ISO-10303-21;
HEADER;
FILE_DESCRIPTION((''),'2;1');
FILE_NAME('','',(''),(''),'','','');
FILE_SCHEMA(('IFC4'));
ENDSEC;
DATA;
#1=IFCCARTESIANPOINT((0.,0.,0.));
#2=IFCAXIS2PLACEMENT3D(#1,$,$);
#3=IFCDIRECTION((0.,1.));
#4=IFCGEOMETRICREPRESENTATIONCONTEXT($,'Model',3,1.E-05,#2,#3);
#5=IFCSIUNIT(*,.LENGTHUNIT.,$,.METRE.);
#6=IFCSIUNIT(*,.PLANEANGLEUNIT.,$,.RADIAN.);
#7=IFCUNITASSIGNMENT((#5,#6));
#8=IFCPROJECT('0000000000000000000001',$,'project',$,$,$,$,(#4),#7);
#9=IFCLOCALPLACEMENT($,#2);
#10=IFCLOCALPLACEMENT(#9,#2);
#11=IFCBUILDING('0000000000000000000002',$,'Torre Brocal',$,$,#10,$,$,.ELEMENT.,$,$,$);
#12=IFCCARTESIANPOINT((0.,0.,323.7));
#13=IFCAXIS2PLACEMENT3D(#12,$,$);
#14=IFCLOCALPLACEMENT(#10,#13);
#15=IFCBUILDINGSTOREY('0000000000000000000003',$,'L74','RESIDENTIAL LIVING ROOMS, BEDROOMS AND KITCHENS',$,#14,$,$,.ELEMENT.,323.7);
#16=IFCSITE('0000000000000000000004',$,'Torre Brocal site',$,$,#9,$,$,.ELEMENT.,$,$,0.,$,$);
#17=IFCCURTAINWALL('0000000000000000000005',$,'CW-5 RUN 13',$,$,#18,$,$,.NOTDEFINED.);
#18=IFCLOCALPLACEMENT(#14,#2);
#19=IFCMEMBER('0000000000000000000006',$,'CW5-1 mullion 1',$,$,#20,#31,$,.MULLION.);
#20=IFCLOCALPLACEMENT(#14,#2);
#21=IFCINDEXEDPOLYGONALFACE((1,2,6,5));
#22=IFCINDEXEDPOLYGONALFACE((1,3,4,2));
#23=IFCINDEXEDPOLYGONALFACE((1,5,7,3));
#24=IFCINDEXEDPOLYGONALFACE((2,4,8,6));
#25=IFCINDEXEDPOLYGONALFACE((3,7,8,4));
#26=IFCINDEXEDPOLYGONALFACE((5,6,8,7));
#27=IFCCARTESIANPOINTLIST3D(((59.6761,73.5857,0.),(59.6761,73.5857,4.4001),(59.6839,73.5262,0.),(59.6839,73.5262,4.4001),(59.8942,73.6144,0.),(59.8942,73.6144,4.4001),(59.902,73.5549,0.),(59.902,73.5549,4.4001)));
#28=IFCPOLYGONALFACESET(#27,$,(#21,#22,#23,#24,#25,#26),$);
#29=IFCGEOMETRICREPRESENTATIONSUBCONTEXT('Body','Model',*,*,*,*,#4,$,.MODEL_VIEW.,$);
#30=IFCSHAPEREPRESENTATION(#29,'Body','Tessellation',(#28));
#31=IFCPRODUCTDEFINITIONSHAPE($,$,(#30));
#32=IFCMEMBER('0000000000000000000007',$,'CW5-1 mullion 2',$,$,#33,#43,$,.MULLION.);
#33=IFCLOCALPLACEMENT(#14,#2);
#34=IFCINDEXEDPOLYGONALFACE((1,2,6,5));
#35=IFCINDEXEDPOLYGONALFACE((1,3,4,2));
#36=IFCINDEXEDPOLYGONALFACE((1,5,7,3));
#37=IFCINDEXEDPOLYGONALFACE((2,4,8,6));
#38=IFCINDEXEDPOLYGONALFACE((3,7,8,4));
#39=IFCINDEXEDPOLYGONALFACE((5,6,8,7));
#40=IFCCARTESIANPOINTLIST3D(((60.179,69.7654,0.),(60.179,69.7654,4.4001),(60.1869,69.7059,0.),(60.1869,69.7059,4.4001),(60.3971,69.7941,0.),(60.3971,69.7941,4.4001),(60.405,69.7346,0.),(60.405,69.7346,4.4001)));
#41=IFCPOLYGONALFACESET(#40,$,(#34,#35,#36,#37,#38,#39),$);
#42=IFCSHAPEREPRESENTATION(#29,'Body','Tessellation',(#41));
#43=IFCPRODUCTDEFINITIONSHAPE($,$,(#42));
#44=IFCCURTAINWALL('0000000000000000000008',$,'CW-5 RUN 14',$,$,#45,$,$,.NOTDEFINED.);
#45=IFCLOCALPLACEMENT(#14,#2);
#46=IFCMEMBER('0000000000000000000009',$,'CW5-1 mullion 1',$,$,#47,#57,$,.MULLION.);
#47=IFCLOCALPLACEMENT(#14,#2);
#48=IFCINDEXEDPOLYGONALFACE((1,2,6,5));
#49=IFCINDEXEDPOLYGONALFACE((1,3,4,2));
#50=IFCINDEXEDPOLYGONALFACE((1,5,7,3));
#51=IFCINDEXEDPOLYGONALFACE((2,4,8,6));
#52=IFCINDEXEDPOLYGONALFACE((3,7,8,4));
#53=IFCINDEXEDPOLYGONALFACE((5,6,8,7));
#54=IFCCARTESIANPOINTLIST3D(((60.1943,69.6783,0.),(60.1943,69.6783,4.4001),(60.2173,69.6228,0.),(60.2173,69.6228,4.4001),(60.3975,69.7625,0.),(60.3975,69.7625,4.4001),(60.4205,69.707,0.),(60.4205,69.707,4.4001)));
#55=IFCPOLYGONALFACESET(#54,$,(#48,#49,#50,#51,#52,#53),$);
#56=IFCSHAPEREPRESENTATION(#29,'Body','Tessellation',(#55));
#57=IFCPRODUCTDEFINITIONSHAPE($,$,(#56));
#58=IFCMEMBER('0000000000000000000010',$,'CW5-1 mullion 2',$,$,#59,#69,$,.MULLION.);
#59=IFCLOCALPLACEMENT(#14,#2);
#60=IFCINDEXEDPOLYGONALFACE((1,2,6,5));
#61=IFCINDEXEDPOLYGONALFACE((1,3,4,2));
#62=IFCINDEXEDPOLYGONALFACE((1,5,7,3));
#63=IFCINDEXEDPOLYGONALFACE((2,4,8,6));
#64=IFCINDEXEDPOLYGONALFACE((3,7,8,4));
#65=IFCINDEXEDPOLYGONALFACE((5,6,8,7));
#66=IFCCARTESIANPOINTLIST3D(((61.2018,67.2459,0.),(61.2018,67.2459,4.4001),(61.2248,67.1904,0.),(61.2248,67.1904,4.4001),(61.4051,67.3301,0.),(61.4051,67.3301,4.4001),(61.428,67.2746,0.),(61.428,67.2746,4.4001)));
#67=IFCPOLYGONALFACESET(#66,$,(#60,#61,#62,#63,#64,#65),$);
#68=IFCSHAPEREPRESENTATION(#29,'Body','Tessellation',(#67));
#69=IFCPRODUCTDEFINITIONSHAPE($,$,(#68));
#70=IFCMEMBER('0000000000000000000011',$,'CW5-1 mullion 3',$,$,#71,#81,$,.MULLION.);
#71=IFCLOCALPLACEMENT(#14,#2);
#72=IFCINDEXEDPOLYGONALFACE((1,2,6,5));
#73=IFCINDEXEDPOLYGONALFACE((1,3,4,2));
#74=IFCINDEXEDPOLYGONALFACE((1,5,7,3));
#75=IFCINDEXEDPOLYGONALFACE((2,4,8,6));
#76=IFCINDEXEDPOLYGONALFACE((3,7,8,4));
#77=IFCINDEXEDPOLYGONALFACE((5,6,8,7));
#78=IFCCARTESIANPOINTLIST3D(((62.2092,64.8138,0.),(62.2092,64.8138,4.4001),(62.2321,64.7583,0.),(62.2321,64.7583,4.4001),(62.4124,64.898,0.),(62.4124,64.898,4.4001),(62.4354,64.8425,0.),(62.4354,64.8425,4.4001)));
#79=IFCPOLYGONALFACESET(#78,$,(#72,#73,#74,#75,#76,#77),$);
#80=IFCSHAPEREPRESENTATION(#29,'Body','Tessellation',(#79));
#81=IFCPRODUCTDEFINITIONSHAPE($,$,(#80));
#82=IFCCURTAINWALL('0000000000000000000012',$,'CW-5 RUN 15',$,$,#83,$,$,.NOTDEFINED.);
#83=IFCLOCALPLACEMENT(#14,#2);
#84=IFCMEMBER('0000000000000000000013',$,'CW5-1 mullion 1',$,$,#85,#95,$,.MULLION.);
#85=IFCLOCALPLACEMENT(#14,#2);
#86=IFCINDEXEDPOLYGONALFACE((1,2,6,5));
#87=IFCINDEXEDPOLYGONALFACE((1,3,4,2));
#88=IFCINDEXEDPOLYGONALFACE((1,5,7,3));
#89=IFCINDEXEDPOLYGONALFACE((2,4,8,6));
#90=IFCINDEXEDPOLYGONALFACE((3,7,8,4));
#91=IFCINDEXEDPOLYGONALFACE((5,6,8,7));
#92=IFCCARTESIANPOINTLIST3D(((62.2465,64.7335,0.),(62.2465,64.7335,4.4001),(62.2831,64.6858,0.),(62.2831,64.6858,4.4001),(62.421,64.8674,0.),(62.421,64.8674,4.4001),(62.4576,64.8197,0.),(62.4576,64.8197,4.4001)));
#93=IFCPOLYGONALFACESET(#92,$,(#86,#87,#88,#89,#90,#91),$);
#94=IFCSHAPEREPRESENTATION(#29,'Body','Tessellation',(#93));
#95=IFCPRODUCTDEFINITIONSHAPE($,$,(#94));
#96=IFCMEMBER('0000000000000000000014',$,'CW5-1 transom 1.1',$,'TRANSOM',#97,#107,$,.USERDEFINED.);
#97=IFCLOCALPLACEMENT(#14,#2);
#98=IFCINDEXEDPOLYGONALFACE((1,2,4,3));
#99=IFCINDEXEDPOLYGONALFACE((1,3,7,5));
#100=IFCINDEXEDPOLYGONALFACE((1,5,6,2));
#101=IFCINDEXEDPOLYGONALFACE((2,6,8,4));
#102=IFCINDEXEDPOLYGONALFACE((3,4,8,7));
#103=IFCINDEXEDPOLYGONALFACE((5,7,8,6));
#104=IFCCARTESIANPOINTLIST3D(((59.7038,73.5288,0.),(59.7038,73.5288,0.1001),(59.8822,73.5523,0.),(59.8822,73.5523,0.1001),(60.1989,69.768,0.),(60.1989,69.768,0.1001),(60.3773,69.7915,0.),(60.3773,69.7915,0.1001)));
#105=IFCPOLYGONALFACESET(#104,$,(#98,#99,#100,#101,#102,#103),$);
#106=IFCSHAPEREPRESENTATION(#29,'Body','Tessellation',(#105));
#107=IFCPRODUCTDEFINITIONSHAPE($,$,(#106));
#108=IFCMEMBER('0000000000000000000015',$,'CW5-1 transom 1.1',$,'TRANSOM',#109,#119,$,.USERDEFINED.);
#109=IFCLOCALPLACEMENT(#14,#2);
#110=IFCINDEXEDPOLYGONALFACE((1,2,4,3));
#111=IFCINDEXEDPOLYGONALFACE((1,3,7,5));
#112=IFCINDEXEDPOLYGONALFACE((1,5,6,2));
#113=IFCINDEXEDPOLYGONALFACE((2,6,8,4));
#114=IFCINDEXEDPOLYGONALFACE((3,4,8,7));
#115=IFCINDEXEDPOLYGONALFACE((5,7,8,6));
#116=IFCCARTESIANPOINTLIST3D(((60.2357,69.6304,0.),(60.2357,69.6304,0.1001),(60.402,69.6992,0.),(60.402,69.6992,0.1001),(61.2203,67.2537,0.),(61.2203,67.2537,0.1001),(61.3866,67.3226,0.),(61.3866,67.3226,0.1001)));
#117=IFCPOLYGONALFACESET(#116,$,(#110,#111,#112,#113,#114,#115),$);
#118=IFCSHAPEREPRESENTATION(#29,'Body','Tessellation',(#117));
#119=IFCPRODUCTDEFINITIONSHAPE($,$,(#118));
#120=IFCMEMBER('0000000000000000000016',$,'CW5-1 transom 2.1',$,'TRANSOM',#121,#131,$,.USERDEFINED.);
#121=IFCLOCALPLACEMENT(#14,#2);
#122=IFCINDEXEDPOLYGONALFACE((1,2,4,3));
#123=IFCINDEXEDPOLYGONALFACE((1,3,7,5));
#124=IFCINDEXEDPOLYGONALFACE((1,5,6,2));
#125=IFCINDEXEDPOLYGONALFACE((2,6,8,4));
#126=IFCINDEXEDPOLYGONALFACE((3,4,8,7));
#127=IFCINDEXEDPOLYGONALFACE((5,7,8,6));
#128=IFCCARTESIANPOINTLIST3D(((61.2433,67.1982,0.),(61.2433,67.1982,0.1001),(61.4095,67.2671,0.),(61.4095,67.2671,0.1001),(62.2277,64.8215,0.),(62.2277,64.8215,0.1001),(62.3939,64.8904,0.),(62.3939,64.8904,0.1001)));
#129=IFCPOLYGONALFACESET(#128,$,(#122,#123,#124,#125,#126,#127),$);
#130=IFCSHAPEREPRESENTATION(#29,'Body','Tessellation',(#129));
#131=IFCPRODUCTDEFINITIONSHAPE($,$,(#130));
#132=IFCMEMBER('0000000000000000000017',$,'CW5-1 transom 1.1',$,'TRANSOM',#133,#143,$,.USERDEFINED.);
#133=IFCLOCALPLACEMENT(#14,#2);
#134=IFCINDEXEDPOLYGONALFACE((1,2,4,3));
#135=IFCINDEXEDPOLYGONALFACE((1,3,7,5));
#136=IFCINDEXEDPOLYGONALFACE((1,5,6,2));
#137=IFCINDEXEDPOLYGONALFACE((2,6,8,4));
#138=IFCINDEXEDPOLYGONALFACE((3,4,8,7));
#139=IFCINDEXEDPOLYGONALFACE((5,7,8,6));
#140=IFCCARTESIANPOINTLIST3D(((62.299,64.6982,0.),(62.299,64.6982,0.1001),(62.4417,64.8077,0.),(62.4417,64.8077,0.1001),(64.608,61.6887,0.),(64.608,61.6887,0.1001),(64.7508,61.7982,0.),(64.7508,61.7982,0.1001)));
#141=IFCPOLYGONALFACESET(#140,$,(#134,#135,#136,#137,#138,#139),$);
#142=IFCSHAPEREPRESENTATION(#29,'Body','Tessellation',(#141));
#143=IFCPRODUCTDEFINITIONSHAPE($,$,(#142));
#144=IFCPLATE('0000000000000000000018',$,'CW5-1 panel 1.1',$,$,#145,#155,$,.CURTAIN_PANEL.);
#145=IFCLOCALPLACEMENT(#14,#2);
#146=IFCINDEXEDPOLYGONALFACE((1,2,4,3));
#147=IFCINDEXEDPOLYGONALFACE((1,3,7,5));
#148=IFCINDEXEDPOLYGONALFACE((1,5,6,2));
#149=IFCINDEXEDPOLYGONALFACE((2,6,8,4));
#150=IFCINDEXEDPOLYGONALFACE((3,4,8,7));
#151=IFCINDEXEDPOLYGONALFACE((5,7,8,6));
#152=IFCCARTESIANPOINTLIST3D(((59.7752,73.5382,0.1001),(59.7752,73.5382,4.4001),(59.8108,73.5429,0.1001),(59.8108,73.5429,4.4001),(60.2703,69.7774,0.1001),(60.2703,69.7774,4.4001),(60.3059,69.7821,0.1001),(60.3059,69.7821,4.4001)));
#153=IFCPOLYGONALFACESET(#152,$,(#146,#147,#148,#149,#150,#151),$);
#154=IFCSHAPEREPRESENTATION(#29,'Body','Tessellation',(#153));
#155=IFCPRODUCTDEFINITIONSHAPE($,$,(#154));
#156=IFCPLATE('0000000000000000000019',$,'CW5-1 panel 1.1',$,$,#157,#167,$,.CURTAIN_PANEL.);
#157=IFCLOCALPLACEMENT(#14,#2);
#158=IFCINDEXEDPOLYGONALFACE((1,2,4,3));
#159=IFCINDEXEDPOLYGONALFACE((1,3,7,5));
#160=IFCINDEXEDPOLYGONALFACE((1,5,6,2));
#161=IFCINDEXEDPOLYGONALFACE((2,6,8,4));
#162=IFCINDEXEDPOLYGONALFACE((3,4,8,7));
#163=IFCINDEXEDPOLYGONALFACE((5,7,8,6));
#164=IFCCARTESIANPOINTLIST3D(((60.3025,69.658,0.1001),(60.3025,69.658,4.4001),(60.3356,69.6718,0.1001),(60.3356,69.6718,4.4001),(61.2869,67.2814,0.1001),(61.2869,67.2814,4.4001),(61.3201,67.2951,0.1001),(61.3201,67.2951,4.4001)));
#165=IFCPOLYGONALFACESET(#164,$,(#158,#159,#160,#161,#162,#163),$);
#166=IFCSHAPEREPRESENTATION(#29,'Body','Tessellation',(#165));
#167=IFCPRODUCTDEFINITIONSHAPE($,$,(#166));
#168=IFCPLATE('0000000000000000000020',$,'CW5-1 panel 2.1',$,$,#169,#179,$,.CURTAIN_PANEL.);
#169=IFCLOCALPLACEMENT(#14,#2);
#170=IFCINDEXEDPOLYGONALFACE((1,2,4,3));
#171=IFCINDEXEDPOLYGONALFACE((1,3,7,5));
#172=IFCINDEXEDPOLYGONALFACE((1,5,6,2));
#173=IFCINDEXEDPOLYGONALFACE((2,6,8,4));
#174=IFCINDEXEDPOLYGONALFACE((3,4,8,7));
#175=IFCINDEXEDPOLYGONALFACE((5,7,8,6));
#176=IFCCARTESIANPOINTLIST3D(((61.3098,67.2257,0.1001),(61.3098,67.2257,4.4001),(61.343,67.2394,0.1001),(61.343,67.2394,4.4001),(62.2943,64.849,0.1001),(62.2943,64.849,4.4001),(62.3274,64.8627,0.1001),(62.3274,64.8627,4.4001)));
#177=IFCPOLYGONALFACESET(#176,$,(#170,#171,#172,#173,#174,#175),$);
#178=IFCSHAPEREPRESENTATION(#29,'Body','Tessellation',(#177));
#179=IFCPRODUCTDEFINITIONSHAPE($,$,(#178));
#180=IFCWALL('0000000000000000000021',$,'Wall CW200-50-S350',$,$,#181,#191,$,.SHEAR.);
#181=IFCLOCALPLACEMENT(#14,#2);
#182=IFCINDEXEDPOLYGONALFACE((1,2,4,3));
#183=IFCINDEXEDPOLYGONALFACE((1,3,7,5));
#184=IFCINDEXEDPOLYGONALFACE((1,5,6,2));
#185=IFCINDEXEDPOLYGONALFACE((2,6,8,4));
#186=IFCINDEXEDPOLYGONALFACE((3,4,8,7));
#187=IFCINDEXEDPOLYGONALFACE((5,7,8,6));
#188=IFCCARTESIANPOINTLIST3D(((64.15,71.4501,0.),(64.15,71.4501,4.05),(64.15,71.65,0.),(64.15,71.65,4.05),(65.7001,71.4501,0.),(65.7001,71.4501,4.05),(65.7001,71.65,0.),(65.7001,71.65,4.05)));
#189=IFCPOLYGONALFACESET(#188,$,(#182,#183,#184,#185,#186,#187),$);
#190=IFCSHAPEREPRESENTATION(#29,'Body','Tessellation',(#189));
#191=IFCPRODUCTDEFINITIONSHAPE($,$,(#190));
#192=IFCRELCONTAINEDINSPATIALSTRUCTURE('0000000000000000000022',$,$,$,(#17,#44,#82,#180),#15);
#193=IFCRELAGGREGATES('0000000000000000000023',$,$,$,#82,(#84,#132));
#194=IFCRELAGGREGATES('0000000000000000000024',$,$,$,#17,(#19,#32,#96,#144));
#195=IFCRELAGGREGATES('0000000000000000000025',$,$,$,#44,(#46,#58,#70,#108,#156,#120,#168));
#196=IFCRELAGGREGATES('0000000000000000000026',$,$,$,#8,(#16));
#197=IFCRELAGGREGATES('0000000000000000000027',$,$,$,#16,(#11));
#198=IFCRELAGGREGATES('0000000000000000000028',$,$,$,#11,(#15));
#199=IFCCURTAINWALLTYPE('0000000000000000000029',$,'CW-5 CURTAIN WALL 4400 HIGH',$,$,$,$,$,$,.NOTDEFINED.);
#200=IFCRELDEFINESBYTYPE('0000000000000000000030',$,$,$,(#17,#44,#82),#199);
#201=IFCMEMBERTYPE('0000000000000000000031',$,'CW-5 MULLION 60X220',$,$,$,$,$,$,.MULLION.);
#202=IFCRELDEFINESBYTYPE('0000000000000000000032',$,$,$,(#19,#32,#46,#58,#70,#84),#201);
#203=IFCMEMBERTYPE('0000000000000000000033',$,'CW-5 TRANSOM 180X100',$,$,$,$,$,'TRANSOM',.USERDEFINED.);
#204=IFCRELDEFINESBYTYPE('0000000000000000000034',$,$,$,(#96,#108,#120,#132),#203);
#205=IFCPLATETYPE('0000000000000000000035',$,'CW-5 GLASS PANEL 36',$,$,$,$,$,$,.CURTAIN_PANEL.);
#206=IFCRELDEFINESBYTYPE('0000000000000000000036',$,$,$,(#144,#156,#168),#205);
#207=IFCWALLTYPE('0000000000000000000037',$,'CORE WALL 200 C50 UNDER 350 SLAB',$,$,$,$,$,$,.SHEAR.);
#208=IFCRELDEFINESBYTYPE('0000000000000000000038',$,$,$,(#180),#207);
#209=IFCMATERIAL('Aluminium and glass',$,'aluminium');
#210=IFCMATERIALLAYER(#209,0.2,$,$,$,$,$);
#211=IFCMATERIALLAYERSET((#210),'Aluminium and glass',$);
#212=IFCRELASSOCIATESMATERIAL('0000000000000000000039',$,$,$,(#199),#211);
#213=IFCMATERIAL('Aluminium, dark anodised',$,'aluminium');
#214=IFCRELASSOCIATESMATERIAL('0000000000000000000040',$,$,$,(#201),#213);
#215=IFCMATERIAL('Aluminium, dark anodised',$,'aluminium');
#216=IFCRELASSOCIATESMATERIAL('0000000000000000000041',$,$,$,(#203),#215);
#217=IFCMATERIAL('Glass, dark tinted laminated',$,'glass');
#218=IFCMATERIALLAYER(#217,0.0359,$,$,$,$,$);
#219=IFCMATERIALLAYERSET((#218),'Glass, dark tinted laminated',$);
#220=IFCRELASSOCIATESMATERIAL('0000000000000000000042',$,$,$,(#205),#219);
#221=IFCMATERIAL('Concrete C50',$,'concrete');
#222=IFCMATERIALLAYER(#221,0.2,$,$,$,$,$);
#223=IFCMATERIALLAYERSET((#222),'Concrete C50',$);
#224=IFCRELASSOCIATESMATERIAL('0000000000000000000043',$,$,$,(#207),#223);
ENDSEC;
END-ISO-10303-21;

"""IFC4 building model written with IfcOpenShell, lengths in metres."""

from ifc_helpers import new_model, si_unit, direction, frame, frame_2d, origin, origin_2d, place, context, subcontext, project, spatial, rectangle, extrude, material, layer, layer_set, material_profile, profile_set, type_object, element, aggregate, save


model = new_model("IFC4")

# Units and contexts
model_context = context("Model", 3, precision=1e-05, world=origin(), true_north=direction((0.0, 1.0)))
body_context = subcontext(model_context, "Body", "Model", "MODEL_VIEW")
ifc_project = project(units=[si_unit("LENGTHUNIT", "METRE"), si_unit("PLANEANGLEUNIT", "RADIAN")], contexts=[model_context])

# Site, building, storey
site_placement = place(None, origin())
site = spatial("IfcSite", under=ifc_project, at=site_placement, Name="Torre Brocal site", CompositionType="ELEMENT", RefElevation=0.0)
building_placement = place(site_placement, origin())
building = spatial("IfcBuilding", under=site, at=building_placement, Name="Torre Brocal", CompositionType="ELEMENT")
storey_placement = place(building_placement, frame((0.0, 0.0, 323.7)))
storey = spatial("IfcBuildingStorey", under=building, at=storey_placement, Name="L74", Description="RESIDENTIAL LIVING ROOMS, BEDROOMS AND KITCHENS", CompositionType="ELEMENT", Elevation=323.7)

# Curtain walls, members
ifc_material_1 = material(Name="Aluminium and glass", Category="aluminium")
ifc_layer_1 = layer(ifc_material_1, 0.2)
ifc_layer_set_1 = layer_set([ifc_layer_1], Name="Aluminium and glass")
curtain_wall_type = type_object("IfcCurtainWallType", Name="CW-5 CURTAIN WALL 4400 HIGH", PredefinedType="NOTDEFINED", material=ifc_layer_set_1)
curtain_wall_1_placement = place(storey_placement, origin())
curtain_wall_1 = element("IfcCurtainWall", 1, at=curtain_wall_1_placement, inside=storey, type_object=curtain_wall_type, Name="CW-5 RUN 13", PredefinedType="NOTDEFINED")
ifc_material_2 = material(Name="Aluminium, dark anodised", Category="aluminium")
ifc_material_profile_1 = material_profile(ifc_material_2, rectangle(XDim=0.22, YDim=0.0601, at=origin_2d()), Name="CW-5 MULLION 60X220")
ifc_profile_set_1 = profile_set([ifc_material_profile_1], Name="Aluminium, dark anodised")
member_type_1 = type_object("IfcMemberType", Name="CW-5 MULLION 60X220", PredefinedType="MULLION", material=ifc_profile_set_1)
member_1_placement = place(storey_placement, frame((59.7891, 73.5703, 0.0), z_axis=(0.0, 0.0, 1.0), x_axis=(0.991445, 0.130526, 0.0)))
member_1 = element("IfcMember", 2, at=member_1_placement, type_object=member_type_1, Name="CW5-1 mullion 1", PredefinedType="MULLION", context=body_context, shape_type="SweptSolid", body=[
    extrude(rectangle(XDim=0.22, YDim=0.0601, at=origin_2d()), origin(), (0.0, 0.0, 1.0), 4.4001),
])
member_2_placement = place(storey_placement, frame((60.292, 69.75, 0.0), z_axis=(0.0, 0.0, 1.0), x_axis=(0.991445, 0.130526, 0.0)))
member_2 = element("IfcMember", 3, at=member_2_placement, type_object=member_type_1, Name="CW5-1 mullion 2", PredefinedType="MULLION", context=body_context, shape_type="SweptSolid", body=[
    extrude(rectangle(XDim=0.22, YDim=0.0601, at=origin_2d()), origin(), (0.0, 0.0, 1.0), 4.4001),
])
curtain_wall_2_placement = place(storey_placement, origin())
curtain_wall_2 = element("IfcCurtainWall", 4, at=curtain_wall_2_placement, inside=storey, type_object=curtain_wall_type, Name="CW-5 RUN 14", PredefinedType="NOTDEFINED")
member_3_placement = place(storey_placement, frame((60.3074, 69.6926, 0.0), z_axis=(0.0, 0.0, 1.0), x_axis=(0.92388, 0.382683, 0.0)))
member_3 = element("IfcMember", 5, at=member_3_placement, type_object=member_type_1, Name="CW5-1 mullion 1", PredefinedType="MULLION", context=body_context, shape_type="SweptSolid", body=[
    extrude(rectangle(XDim=0.22, YDim=0.0601, at=origin_2d()), origin(), (0.0, 0.0, 1.0), 4.4001),
])
member_4_placement = place(storey_placement, frame((61.3149, 67.2603, 0.0), z_axis=(0.0, 0.0, 1.0), x_axis=(0.92388, 0.382683, 0.0)))
member_4 = element("IfcMember", 6, at=member_4_placement, type_object=member_type_1, Name="CW5-1 mullion 2", PredefinedType="MULLION", context=body_context, shape_type="SweptSolid", body=[
    extrude(rectangle(XDim=0.22, YDim=0.0601, at=origin_2d()), origin(), (0.0, 0.0, 1.0), 4.4001),
])
member_5_placement = place(storey_placement, frame((62.3223, 64.8281, 0.0), z_axis=(0.0, 0.0, 1.0), x_axis=(0.92388, 0.382683, 0.0)))
member_5 = element("IfcMember", 7, at=member_5_placement, type_object=member_type_1, Name="CW5-1 mullion 3", PredefinedType="MULLION", context=body_context, shape_type="SweptSolid", body=[
    extrude(rectangle(XDim=0.22, YDim=0.0601, at=origin_2d()), origin(), (0.0, 0.0, 1.0), 4.4001),
])

# Curtain wall, member
curtain_wall_3_placement = place(storey_placement, origin())
curtain_wall_3 = element("IfcCurtainWall", 8, at=curtain_wall_3_placement, inside=storey, type_object=curtain_wall_type, Name="CW-5 RUN 15", PredefinedType="NOTDEFINED")
member_6_placement = place(storey_placement, frame((62.3521, 64.7766, 0.0), z_axis=(0.0, 0.0, 1.0), x_axis=(0.793353, 0.608761, 0.0)))
member_6 = element("IfcMember", 9, at=member_6_placement, type_object=member_type_1, Name="CW5-1 mullion 1", PredefinedType="MULLION", context=body_context, shape_type="SweptSolid", body=[
    extrude(rectangle(XDim=0.22, YDim=0.0601, at=origin_2d()), origin(), (0.0, 0.0, 1.0), 4.4001),
])

# Members
ifc_material_3 = material(Name="Aluminium, dark anodised", Category="aluminium")
ifc_material_profile_2 = material_profile(ifc_material_3, rectangle(XDim=0.1799, YDim=0.1001, at=origin_2d()), Name="CW-5 TRANSOM 180X100")
ifc_profile_set_2 = profile_set([ifc_material_profile_2], Name="Aluminium, dark anodised")
member_type_2 = type_object("IfcMemberType", Name="CW-5 TRANSOM 180X100", ElementType="TRANSOM", PredefinedType="USERDEFINED", material=ifc_profile_set_2)
member_7_placement = place(storey_placement, frame((59.793, 73.5405, 0.05), z_axis=(0.130528, -0.991445, 0.0), x_axis=(0.991445, 0.130528, 0.0)))
member_7 = element("IfcMember", 10, at=member_7_placement, type_object=member_type_2, Name="CW5-1 transom 1.1", ObjectType="TRANSOM", PredefinedType="USERDEFINED", context=body_context, shape_type="SweptSolid", body=[
    extrude(rectangle(XDim=0.1799, YDim=0.1001, at=origin_2d()), origin(), (0.0, 0.0, 1.0), 3.7932),
])
member_8_placement = place(storey_placement, frame((60.3188, 69.6648, 0.05), z_axis=(0.382735, -0.923858, 0.0), x_axis=(0.923858, 0.382735, 0.0)))
member_8 = element("IfcMember", 11, at=member_8_placement, type_object=member_type_2, Name="CW5-1 transom 1.1", ObjectType="TRANSOM", PredefinedType="USERDEFINED", context=body_context, shape_type="SweptSolid", body=[
    extrude(rectangle(XDim=0.1799, YDim=0.1001, at=origin_2d()), origin(), (0.0, 0.0, 1.0), 2.5725),
])
member_9_placement = place(storey_placement, frame((61.3264, 67.2327, 0.05), z_axis=(0.382654, -0.923892, 0.0), x_axis=(0.923892, 0.382654, 0.0)))
member_9 = element("IfcMember", 12, at=member_9_placement, type_object=member_type_2, Name="CW5-1 transom 2.1", ObjectType="TRANSOM", PredefinedType="USERDEFINED", context=body_context, shape_type="SweptSolid", body=[
    extrude(rectangle(XDim=0.1799, YDim=0.1001, at=origin_2d()), origin(), (0.0, 0.0, 1.0), 2.5725),
])
member_10_placement = place(storey_placement, frame((62.3704, 64.7529, 0.05), z_axis=(0.608727, -0.793379, 0.0), x_axis=(0.793379, 0.608727, 0.0)))
member_10 = element("IfcMember", 13, at=member_10_placement, type_object=member_type_2, Name="CW5-1 transom 1.1", ObjectType="TRANSOM", PredefinedType="USERDEFINED", context=body_context, shape_type="SweptSolid", body=[
    extrude(rectangle(XDim=0.1799, YDim=0.1001, at=origin_2d()), origin(), (0.0, 0.0, 1.0), 3.7932),
])
aggregate(curtain_wall_3, [member_6, member_10])

# Plates
ifc_material_4 = material(Name="Glass, dark tinted laminated", Category="glass")
ifc_layer_2 = layer(ifc_material_4, 0.0359)
ifc_layer_set_2 = layer_set([ifc_layer_2], Name="Glass, dark tinted laminated")
plate_type = type_object("IfcPlateType", Name="CW-5 GLASS PANEL 36", PredefinedType="CURTAIN_PANEL", material=ifc_layer_set_2)
plate_1_placement = place(storey_placement, frame((60.0405, 71.6602, 0.1001), z_axis=(0.0, 0.0, 1.0), x_axis=(0.130526, -0.991445, 0.0)))
plate_1 = element("IfcPlate", 14, at=plate_1_placement, type_object=plate_type, Name="CW5-1 panel 1.1", PredefinedType="CURTAIN_PANEL", context=body_context, shape_type="SweptSolid", body=[
    extrude(rectangle(XDim=3.7932, YDim=0.0359, at=origin_2d()), origin(), (0.0, 0.0, 1.0), 4.3),
])
aggregate(curtain_wall_1, [member_1, member_2, member_7, plate_1])
plate_2_placement = place(storey_placement, frame((60.8113, 68.4766, 0.1001), z_axis=(0.0, 0.0, 1.0), x_axis=(0.382683, -0.92388, 0.0)))
plate_2 = element("IfcPlate", 15, at=plate_2_placement, type_object=plate_type, Name="CW5-1 panel 1.1", PredefinedType="CURTAIN_PANEL", context=body_context, shape_type="SweptSolid", body=[
    extrude(rectangle(XDim=2.5725, YDim=0.0359, at=origin_2d()), origin(), (0.0, 0.0, 1.0), 4.3),
])
plate_3_placement = place(storey_placement, frame((61.8186, 66.0442, 0.1001), z_axis=(0.0, 0.0, 1.0), x_axis=(0.382683, -0.92388, 0.0)))
plate_3 = element("IfcPlate", 16, at=plate_3_placement, type_object=plate_type, Name="CW5-1 panel 2.1", PredefinedType="CURTAIN_PANEL", context=body_context, shape_type="SweptSolid", body=[
    extrude(rectangle(XDim=2.5725, YDim=0.0359, at=origin_2d()), origin(), (0.0, 0.0, 1.0), 4.3),
])
aggregate(curtain_wall_2, [member_3, member_4, member_5, member_8, plate_2, member_9, plate_3])

# Wall
ifc_material_5 = material(Name="Concrete C50", Category="concrete")
ifc_layer_3 = layer(ifc_material_5, 0.2)
ifc_layer_set_3 = layer_set([ifc_layer_3], Name="Concrete C50")
wall_type_1 = type_object("IfcWallType", Name="CORE WALL 200 C50 UNDER 350 SLAB", PredefinedType="SHEAR", material=ifc_layer_set_3)
wall_1_placement = place(storey_placement, frame((65.7, 71.55, 0.0), z_axis=(0.0, 0.0, 1.0), x_axis=(-1.0, 0.0, 0.0)))
element("IfcWall", 17, at=wall_1_placement, inside=storey, type_object=wall_type_1, Name="Wall CW200-50-S350", PredefinedType="SHEAR", context=body_context, shape_type="SweptSolid", body=[
    extrude(rectangle(XDim=1.55, YDim=0.2, at=frame_2d((0.7749, 0.0))), origin(), (0.0, 0.0, 1.0), 4.05),
])

save(model, "model.ifc")
